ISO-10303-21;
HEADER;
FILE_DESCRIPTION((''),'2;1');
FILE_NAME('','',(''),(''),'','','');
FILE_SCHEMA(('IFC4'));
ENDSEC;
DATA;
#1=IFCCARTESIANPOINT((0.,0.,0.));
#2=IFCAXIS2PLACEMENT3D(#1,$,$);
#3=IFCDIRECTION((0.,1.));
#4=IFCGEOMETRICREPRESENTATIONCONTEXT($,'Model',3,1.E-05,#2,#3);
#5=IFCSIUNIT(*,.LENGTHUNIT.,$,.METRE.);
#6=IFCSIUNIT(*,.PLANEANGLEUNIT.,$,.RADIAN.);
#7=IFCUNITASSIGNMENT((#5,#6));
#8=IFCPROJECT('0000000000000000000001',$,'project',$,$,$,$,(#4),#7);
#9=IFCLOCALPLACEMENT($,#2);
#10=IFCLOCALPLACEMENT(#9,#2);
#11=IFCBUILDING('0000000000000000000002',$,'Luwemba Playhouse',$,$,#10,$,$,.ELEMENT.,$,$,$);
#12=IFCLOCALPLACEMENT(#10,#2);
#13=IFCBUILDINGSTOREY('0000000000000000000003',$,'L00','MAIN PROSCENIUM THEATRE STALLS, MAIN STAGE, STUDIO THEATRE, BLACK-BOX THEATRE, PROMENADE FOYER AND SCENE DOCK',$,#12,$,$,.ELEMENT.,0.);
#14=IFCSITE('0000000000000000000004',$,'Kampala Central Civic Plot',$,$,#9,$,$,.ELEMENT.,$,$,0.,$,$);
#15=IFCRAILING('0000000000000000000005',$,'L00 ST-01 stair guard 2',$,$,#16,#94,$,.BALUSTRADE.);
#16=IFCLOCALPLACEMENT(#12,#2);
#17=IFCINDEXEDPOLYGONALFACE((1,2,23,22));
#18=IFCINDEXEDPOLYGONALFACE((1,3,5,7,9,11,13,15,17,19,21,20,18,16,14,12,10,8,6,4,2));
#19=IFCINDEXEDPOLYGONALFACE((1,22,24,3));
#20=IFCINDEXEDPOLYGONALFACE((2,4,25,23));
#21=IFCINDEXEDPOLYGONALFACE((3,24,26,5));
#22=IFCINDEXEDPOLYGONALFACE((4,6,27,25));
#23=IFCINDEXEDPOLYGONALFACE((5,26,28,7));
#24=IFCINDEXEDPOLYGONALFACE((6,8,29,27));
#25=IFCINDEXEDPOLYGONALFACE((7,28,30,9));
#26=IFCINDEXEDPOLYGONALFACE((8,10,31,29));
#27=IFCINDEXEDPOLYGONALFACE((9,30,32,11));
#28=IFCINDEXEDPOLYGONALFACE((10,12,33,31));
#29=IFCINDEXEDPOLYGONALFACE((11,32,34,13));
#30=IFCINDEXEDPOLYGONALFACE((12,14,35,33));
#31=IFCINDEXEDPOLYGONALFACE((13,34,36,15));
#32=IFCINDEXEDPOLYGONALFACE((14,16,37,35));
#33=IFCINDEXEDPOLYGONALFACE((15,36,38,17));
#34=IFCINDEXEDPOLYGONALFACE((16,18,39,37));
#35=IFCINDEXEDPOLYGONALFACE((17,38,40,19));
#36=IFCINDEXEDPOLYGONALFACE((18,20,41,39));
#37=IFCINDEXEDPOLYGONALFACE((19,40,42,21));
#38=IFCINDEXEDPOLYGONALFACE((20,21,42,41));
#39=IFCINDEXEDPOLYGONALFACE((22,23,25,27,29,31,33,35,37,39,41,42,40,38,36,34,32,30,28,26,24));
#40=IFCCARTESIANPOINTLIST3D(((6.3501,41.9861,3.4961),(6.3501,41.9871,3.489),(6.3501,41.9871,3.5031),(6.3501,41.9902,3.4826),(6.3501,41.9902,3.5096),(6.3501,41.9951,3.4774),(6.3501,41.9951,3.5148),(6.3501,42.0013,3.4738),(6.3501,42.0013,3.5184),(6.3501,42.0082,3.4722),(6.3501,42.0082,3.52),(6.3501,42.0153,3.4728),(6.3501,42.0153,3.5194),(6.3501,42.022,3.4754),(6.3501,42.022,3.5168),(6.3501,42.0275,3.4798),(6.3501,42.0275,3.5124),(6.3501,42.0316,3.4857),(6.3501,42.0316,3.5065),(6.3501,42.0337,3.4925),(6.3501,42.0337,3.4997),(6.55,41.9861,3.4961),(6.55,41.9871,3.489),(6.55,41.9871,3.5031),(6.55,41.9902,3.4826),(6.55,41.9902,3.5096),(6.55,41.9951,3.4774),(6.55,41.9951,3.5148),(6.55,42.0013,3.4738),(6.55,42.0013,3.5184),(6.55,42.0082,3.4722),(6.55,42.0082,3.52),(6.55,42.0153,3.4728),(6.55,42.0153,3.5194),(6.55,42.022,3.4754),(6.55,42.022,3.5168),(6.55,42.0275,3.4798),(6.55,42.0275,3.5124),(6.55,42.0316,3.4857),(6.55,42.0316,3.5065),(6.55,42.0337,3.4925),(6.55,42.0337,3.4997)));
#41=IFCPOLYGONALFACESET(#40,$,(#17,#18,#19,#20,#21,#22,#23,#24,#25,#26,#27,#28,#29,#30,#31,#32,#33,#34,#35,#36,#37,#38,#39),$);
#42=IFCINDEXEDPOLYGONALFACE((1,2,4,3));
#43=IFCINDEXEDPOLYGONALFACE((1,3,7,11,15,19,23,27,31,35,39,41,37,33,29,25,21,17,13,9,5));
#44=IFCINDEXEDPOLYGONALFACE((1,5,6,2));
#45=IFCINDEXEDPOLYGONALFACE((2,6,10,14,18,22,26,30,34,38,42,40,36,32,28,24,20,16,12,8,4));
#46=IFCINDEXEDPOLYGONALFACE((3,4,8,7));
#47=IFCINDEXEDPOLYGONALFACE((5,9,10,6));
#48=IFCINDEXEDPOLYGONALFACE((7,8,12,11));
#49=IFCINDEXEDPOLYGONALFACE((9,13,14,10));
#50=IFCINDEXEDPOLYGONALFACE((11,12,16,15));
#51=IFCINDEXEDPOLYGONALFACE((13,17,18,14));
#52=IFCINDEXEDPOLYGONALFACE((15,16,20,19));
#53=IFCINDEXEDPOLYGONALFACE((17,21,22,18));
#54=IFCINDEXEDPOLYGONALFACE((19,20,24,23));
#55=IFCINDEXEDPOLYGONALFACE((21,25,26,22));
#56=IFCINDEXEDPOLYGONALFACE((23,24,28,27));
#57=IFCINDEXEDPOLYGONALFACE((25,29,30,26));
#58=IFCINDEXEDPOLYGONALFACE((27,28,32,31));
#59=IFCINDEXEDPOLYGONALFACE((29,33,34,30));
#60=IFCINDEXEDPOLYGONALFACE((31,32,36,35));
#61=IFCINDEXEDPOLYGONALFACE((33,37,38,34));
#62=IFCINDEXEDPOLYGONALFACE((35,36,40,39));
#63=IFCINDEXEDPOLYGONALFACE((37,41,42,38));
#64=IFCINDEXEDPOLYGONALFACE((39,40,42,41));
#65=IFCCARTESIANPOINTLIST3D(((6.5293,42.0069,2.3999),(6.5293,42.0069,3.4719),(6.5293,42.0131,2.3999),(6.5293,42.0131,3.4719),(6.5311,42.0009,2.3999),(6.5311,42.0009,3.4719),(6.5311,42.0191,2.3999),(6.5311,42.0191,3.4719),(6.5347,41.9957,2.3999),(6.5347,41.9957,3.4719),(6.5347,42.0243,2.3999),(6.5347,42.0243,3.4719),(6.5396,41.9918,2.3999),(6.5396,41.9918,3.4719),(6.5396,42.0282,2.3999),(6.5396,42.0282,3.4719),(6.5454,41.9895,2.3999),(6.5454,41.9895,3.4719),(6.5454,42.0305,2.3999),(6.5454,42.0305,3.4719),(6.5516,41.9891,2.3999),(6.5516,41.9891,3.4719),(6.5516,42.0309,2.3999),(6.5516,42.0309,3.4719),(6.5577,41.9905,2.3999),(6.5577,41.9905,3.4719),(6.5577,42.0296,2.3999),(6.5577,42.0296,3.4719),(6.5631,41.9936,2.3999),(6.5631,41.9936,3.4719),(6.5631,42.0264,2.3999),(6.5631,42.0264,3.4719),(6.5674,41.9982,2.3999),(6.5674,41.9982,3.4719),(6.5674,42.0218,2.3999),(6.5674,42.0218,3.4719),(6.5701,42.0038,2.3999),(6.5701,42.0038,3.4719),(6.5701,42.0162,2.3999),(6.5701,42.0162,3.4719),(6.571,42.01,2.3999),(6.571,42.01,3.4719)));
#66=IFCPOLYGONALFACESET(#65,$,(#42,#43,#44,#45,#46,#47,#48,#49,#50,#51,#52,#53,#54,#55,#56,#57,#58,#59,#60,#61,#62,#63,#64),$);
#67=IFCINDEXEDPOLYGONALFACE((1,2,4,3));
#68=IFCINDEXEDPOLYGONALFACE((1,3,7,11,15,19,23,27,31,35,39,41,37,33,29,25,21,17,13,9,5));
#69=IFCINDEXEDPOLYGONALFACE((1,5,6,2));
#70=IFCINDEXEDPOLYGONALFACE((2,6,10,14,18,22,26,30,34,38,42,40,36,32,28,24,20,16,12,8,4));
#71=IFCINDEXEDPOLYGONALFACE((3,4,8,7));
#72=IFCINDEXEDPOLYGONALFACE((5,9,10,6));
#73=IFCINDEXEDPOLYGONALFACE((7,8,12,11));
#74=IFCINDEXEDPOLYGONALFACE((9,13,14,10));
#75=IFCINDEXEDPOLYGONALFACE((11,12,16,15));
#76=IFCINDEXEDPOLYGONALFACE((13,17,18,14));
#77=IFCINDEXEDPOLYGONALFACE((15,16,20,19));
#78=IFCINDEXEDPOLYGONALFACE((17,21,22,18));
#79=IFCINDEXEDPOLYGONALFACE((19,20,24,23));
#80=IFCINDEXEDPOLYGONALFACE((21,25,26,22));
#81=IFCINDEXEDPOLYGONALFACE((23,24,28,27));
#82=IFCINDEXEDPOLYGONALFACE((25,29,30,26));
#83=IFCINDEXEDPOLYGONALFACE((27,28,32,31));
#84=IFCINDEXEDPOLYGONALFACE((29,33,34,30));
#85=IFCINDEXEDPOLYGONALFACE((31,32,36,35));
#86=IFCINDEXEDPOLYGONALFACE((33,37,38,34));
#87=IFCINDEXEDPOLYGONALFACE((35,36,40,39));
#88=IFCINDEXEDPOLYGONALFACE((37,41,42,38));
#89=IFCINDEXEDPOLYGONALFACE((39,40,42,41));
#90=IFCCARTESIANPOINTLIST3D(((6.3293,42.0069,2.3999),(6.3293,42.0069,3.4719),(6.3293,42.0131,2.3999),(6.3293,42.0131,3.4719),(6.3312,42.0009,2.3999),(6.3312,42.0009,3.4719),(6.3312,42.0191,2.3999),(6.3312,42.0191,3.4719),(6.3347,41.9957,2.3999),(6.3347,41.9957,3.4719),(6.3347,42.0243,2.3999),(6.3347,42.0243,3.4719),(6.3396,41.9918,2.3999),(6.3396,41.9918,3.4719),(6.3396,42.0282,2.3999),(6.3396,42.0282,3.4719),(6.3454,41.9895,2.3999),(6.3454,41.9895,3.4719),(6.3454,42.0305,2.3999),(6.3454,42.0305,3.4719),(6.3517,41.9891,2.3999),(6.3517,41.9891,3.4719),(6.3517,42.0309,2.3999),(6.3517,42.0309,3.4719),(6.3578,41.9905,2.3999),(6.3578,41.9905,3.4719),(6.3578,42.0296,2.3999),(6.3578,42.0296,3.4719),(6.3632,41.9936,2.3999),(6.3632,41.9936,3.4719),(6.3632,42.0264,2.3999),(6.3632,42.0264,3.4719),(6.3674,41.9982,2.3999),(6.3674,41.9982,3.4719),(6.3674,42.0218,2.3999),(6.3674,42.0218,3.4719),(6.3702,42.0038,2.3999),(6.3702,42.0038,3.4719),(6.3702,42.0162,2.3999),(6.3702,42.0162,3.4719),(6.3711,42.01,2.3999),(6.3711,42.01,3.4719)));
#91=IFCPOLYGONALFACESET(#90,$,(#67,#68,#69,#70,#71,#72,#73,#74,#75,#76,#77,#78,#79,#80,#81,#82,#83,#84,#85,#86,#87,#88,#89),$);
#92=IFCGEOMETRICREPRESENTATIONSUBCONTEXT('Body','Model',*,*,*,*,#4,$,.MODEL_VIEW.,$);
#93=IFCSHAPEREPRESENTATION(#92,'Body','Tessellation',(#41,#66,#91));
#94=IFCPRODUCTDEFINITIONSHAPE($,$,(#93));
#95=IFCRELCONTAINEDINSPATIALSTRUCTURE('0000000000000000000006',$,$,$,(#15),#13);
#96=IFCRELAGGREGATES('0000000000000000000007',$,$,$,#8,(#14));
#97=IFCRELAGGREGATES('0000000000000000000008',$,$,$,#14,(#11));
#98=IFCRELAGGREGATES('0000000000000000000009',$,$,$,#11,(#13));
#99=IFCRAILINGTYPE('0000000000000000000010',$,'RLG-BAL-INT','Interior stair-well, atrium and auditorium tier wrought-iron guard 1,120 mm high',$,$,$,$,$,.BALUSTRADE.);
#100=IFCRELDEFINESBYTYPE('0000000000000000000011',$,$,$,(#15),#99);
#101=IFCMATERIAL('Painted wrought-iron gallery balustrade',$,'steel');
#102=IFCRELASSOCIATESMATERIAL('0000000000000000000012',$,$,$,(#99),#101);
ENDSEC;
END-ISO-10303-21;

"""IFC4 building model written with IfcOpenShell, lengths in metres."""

from ifc_helpers import new_model, si_unit, direction, frame, origin, origin_2d, place, context, subcontext, project, spatial, circle, extrude, material, type_object, element, save


model = new_model("IFC4")

# Units and contexts
model_context = context("Model", 3, precision=1e-05, world=origin(), true_north=direction((0.0, 1.0)))
body_context = subcontext(model_context, "Body", "Model", "MODEL_VIEW")
ifc_project = project(units=[si_unit("LENGTHUNIT", "METRE"), si_unit("PLANEANGLEUNIT", "RADIAN")], contexts=[model_context])

# Site, building, storey
site_placement = place(None, origin())
site = spatial("IfcSite", under=ifc_project, at=site_placement, Name="Kampala Central Civic Plot", CompositionType="ELEMENT", RefElevation=0.0)
building_placement = place(site_placement, origin())
building = spatial("IfcBuilding", under=site, at=building_placement, Name="Luwemba Playhouse", CompositionType="ELEMENT")
storey_placement = place(building_placement, origin())
storey = spatial("IfcBuildingStorey", under=building, at=storey_placement, Name="L00", Description="MAIN PROSCENIUM THEATRE STALLS, MAIN STAGE, STUDIO THEATRE, BLACK-BOX THEATRE, PROMENADE FOYER AND SCENE DOCK", CompositionType="ELEMENT", Elevation=0.0)

# Railing
ifc_material_1 = material(Name="Painted wrought-iron gallery balustrade", Category="steel")
railing_type_1 = type_object("IfcRailingType", Name="RLG-BAL-INT", Description="Interior stair-well, atrium and auditorium tier wrought-iron guard 1,120 mm high", PredefinedType="BALUSTRADE", material=ifc_material_1)
railing_1_placement = place(storey_placement, frame((6.55, 42.01, 2.3999)))
element("IfcRailing", 1, at=railing_1_placement, inside=storey, type_object=railing_type_1, Name="L00 ST-01 stair guard 2", PredefinedType="BALUSTRADE", context=body_context, shape_type="SweptSolid", body=[
    extrude(circle(Radius=0.0239, at=origin_2d()), frame((0.0, 0.0, 1.0962), z_axis=(-1.0, 0.0, 0.0), x_axis=(0.0, -1.0, 0.0)), (0.0, 0.0, 1.0), 0.2),
    extrude(circle(Radius=0.021, at=origin_2d()), origin(), (0.0, 0.0, 1.0), 1.072),
    extrude(circle(Radius=0.021, at=origin_2d()), frame((-0.2, 0.0, 0.0)), (0.0, 0.0, 1.0), 1.072),
])

save(model, "model.ifc")
